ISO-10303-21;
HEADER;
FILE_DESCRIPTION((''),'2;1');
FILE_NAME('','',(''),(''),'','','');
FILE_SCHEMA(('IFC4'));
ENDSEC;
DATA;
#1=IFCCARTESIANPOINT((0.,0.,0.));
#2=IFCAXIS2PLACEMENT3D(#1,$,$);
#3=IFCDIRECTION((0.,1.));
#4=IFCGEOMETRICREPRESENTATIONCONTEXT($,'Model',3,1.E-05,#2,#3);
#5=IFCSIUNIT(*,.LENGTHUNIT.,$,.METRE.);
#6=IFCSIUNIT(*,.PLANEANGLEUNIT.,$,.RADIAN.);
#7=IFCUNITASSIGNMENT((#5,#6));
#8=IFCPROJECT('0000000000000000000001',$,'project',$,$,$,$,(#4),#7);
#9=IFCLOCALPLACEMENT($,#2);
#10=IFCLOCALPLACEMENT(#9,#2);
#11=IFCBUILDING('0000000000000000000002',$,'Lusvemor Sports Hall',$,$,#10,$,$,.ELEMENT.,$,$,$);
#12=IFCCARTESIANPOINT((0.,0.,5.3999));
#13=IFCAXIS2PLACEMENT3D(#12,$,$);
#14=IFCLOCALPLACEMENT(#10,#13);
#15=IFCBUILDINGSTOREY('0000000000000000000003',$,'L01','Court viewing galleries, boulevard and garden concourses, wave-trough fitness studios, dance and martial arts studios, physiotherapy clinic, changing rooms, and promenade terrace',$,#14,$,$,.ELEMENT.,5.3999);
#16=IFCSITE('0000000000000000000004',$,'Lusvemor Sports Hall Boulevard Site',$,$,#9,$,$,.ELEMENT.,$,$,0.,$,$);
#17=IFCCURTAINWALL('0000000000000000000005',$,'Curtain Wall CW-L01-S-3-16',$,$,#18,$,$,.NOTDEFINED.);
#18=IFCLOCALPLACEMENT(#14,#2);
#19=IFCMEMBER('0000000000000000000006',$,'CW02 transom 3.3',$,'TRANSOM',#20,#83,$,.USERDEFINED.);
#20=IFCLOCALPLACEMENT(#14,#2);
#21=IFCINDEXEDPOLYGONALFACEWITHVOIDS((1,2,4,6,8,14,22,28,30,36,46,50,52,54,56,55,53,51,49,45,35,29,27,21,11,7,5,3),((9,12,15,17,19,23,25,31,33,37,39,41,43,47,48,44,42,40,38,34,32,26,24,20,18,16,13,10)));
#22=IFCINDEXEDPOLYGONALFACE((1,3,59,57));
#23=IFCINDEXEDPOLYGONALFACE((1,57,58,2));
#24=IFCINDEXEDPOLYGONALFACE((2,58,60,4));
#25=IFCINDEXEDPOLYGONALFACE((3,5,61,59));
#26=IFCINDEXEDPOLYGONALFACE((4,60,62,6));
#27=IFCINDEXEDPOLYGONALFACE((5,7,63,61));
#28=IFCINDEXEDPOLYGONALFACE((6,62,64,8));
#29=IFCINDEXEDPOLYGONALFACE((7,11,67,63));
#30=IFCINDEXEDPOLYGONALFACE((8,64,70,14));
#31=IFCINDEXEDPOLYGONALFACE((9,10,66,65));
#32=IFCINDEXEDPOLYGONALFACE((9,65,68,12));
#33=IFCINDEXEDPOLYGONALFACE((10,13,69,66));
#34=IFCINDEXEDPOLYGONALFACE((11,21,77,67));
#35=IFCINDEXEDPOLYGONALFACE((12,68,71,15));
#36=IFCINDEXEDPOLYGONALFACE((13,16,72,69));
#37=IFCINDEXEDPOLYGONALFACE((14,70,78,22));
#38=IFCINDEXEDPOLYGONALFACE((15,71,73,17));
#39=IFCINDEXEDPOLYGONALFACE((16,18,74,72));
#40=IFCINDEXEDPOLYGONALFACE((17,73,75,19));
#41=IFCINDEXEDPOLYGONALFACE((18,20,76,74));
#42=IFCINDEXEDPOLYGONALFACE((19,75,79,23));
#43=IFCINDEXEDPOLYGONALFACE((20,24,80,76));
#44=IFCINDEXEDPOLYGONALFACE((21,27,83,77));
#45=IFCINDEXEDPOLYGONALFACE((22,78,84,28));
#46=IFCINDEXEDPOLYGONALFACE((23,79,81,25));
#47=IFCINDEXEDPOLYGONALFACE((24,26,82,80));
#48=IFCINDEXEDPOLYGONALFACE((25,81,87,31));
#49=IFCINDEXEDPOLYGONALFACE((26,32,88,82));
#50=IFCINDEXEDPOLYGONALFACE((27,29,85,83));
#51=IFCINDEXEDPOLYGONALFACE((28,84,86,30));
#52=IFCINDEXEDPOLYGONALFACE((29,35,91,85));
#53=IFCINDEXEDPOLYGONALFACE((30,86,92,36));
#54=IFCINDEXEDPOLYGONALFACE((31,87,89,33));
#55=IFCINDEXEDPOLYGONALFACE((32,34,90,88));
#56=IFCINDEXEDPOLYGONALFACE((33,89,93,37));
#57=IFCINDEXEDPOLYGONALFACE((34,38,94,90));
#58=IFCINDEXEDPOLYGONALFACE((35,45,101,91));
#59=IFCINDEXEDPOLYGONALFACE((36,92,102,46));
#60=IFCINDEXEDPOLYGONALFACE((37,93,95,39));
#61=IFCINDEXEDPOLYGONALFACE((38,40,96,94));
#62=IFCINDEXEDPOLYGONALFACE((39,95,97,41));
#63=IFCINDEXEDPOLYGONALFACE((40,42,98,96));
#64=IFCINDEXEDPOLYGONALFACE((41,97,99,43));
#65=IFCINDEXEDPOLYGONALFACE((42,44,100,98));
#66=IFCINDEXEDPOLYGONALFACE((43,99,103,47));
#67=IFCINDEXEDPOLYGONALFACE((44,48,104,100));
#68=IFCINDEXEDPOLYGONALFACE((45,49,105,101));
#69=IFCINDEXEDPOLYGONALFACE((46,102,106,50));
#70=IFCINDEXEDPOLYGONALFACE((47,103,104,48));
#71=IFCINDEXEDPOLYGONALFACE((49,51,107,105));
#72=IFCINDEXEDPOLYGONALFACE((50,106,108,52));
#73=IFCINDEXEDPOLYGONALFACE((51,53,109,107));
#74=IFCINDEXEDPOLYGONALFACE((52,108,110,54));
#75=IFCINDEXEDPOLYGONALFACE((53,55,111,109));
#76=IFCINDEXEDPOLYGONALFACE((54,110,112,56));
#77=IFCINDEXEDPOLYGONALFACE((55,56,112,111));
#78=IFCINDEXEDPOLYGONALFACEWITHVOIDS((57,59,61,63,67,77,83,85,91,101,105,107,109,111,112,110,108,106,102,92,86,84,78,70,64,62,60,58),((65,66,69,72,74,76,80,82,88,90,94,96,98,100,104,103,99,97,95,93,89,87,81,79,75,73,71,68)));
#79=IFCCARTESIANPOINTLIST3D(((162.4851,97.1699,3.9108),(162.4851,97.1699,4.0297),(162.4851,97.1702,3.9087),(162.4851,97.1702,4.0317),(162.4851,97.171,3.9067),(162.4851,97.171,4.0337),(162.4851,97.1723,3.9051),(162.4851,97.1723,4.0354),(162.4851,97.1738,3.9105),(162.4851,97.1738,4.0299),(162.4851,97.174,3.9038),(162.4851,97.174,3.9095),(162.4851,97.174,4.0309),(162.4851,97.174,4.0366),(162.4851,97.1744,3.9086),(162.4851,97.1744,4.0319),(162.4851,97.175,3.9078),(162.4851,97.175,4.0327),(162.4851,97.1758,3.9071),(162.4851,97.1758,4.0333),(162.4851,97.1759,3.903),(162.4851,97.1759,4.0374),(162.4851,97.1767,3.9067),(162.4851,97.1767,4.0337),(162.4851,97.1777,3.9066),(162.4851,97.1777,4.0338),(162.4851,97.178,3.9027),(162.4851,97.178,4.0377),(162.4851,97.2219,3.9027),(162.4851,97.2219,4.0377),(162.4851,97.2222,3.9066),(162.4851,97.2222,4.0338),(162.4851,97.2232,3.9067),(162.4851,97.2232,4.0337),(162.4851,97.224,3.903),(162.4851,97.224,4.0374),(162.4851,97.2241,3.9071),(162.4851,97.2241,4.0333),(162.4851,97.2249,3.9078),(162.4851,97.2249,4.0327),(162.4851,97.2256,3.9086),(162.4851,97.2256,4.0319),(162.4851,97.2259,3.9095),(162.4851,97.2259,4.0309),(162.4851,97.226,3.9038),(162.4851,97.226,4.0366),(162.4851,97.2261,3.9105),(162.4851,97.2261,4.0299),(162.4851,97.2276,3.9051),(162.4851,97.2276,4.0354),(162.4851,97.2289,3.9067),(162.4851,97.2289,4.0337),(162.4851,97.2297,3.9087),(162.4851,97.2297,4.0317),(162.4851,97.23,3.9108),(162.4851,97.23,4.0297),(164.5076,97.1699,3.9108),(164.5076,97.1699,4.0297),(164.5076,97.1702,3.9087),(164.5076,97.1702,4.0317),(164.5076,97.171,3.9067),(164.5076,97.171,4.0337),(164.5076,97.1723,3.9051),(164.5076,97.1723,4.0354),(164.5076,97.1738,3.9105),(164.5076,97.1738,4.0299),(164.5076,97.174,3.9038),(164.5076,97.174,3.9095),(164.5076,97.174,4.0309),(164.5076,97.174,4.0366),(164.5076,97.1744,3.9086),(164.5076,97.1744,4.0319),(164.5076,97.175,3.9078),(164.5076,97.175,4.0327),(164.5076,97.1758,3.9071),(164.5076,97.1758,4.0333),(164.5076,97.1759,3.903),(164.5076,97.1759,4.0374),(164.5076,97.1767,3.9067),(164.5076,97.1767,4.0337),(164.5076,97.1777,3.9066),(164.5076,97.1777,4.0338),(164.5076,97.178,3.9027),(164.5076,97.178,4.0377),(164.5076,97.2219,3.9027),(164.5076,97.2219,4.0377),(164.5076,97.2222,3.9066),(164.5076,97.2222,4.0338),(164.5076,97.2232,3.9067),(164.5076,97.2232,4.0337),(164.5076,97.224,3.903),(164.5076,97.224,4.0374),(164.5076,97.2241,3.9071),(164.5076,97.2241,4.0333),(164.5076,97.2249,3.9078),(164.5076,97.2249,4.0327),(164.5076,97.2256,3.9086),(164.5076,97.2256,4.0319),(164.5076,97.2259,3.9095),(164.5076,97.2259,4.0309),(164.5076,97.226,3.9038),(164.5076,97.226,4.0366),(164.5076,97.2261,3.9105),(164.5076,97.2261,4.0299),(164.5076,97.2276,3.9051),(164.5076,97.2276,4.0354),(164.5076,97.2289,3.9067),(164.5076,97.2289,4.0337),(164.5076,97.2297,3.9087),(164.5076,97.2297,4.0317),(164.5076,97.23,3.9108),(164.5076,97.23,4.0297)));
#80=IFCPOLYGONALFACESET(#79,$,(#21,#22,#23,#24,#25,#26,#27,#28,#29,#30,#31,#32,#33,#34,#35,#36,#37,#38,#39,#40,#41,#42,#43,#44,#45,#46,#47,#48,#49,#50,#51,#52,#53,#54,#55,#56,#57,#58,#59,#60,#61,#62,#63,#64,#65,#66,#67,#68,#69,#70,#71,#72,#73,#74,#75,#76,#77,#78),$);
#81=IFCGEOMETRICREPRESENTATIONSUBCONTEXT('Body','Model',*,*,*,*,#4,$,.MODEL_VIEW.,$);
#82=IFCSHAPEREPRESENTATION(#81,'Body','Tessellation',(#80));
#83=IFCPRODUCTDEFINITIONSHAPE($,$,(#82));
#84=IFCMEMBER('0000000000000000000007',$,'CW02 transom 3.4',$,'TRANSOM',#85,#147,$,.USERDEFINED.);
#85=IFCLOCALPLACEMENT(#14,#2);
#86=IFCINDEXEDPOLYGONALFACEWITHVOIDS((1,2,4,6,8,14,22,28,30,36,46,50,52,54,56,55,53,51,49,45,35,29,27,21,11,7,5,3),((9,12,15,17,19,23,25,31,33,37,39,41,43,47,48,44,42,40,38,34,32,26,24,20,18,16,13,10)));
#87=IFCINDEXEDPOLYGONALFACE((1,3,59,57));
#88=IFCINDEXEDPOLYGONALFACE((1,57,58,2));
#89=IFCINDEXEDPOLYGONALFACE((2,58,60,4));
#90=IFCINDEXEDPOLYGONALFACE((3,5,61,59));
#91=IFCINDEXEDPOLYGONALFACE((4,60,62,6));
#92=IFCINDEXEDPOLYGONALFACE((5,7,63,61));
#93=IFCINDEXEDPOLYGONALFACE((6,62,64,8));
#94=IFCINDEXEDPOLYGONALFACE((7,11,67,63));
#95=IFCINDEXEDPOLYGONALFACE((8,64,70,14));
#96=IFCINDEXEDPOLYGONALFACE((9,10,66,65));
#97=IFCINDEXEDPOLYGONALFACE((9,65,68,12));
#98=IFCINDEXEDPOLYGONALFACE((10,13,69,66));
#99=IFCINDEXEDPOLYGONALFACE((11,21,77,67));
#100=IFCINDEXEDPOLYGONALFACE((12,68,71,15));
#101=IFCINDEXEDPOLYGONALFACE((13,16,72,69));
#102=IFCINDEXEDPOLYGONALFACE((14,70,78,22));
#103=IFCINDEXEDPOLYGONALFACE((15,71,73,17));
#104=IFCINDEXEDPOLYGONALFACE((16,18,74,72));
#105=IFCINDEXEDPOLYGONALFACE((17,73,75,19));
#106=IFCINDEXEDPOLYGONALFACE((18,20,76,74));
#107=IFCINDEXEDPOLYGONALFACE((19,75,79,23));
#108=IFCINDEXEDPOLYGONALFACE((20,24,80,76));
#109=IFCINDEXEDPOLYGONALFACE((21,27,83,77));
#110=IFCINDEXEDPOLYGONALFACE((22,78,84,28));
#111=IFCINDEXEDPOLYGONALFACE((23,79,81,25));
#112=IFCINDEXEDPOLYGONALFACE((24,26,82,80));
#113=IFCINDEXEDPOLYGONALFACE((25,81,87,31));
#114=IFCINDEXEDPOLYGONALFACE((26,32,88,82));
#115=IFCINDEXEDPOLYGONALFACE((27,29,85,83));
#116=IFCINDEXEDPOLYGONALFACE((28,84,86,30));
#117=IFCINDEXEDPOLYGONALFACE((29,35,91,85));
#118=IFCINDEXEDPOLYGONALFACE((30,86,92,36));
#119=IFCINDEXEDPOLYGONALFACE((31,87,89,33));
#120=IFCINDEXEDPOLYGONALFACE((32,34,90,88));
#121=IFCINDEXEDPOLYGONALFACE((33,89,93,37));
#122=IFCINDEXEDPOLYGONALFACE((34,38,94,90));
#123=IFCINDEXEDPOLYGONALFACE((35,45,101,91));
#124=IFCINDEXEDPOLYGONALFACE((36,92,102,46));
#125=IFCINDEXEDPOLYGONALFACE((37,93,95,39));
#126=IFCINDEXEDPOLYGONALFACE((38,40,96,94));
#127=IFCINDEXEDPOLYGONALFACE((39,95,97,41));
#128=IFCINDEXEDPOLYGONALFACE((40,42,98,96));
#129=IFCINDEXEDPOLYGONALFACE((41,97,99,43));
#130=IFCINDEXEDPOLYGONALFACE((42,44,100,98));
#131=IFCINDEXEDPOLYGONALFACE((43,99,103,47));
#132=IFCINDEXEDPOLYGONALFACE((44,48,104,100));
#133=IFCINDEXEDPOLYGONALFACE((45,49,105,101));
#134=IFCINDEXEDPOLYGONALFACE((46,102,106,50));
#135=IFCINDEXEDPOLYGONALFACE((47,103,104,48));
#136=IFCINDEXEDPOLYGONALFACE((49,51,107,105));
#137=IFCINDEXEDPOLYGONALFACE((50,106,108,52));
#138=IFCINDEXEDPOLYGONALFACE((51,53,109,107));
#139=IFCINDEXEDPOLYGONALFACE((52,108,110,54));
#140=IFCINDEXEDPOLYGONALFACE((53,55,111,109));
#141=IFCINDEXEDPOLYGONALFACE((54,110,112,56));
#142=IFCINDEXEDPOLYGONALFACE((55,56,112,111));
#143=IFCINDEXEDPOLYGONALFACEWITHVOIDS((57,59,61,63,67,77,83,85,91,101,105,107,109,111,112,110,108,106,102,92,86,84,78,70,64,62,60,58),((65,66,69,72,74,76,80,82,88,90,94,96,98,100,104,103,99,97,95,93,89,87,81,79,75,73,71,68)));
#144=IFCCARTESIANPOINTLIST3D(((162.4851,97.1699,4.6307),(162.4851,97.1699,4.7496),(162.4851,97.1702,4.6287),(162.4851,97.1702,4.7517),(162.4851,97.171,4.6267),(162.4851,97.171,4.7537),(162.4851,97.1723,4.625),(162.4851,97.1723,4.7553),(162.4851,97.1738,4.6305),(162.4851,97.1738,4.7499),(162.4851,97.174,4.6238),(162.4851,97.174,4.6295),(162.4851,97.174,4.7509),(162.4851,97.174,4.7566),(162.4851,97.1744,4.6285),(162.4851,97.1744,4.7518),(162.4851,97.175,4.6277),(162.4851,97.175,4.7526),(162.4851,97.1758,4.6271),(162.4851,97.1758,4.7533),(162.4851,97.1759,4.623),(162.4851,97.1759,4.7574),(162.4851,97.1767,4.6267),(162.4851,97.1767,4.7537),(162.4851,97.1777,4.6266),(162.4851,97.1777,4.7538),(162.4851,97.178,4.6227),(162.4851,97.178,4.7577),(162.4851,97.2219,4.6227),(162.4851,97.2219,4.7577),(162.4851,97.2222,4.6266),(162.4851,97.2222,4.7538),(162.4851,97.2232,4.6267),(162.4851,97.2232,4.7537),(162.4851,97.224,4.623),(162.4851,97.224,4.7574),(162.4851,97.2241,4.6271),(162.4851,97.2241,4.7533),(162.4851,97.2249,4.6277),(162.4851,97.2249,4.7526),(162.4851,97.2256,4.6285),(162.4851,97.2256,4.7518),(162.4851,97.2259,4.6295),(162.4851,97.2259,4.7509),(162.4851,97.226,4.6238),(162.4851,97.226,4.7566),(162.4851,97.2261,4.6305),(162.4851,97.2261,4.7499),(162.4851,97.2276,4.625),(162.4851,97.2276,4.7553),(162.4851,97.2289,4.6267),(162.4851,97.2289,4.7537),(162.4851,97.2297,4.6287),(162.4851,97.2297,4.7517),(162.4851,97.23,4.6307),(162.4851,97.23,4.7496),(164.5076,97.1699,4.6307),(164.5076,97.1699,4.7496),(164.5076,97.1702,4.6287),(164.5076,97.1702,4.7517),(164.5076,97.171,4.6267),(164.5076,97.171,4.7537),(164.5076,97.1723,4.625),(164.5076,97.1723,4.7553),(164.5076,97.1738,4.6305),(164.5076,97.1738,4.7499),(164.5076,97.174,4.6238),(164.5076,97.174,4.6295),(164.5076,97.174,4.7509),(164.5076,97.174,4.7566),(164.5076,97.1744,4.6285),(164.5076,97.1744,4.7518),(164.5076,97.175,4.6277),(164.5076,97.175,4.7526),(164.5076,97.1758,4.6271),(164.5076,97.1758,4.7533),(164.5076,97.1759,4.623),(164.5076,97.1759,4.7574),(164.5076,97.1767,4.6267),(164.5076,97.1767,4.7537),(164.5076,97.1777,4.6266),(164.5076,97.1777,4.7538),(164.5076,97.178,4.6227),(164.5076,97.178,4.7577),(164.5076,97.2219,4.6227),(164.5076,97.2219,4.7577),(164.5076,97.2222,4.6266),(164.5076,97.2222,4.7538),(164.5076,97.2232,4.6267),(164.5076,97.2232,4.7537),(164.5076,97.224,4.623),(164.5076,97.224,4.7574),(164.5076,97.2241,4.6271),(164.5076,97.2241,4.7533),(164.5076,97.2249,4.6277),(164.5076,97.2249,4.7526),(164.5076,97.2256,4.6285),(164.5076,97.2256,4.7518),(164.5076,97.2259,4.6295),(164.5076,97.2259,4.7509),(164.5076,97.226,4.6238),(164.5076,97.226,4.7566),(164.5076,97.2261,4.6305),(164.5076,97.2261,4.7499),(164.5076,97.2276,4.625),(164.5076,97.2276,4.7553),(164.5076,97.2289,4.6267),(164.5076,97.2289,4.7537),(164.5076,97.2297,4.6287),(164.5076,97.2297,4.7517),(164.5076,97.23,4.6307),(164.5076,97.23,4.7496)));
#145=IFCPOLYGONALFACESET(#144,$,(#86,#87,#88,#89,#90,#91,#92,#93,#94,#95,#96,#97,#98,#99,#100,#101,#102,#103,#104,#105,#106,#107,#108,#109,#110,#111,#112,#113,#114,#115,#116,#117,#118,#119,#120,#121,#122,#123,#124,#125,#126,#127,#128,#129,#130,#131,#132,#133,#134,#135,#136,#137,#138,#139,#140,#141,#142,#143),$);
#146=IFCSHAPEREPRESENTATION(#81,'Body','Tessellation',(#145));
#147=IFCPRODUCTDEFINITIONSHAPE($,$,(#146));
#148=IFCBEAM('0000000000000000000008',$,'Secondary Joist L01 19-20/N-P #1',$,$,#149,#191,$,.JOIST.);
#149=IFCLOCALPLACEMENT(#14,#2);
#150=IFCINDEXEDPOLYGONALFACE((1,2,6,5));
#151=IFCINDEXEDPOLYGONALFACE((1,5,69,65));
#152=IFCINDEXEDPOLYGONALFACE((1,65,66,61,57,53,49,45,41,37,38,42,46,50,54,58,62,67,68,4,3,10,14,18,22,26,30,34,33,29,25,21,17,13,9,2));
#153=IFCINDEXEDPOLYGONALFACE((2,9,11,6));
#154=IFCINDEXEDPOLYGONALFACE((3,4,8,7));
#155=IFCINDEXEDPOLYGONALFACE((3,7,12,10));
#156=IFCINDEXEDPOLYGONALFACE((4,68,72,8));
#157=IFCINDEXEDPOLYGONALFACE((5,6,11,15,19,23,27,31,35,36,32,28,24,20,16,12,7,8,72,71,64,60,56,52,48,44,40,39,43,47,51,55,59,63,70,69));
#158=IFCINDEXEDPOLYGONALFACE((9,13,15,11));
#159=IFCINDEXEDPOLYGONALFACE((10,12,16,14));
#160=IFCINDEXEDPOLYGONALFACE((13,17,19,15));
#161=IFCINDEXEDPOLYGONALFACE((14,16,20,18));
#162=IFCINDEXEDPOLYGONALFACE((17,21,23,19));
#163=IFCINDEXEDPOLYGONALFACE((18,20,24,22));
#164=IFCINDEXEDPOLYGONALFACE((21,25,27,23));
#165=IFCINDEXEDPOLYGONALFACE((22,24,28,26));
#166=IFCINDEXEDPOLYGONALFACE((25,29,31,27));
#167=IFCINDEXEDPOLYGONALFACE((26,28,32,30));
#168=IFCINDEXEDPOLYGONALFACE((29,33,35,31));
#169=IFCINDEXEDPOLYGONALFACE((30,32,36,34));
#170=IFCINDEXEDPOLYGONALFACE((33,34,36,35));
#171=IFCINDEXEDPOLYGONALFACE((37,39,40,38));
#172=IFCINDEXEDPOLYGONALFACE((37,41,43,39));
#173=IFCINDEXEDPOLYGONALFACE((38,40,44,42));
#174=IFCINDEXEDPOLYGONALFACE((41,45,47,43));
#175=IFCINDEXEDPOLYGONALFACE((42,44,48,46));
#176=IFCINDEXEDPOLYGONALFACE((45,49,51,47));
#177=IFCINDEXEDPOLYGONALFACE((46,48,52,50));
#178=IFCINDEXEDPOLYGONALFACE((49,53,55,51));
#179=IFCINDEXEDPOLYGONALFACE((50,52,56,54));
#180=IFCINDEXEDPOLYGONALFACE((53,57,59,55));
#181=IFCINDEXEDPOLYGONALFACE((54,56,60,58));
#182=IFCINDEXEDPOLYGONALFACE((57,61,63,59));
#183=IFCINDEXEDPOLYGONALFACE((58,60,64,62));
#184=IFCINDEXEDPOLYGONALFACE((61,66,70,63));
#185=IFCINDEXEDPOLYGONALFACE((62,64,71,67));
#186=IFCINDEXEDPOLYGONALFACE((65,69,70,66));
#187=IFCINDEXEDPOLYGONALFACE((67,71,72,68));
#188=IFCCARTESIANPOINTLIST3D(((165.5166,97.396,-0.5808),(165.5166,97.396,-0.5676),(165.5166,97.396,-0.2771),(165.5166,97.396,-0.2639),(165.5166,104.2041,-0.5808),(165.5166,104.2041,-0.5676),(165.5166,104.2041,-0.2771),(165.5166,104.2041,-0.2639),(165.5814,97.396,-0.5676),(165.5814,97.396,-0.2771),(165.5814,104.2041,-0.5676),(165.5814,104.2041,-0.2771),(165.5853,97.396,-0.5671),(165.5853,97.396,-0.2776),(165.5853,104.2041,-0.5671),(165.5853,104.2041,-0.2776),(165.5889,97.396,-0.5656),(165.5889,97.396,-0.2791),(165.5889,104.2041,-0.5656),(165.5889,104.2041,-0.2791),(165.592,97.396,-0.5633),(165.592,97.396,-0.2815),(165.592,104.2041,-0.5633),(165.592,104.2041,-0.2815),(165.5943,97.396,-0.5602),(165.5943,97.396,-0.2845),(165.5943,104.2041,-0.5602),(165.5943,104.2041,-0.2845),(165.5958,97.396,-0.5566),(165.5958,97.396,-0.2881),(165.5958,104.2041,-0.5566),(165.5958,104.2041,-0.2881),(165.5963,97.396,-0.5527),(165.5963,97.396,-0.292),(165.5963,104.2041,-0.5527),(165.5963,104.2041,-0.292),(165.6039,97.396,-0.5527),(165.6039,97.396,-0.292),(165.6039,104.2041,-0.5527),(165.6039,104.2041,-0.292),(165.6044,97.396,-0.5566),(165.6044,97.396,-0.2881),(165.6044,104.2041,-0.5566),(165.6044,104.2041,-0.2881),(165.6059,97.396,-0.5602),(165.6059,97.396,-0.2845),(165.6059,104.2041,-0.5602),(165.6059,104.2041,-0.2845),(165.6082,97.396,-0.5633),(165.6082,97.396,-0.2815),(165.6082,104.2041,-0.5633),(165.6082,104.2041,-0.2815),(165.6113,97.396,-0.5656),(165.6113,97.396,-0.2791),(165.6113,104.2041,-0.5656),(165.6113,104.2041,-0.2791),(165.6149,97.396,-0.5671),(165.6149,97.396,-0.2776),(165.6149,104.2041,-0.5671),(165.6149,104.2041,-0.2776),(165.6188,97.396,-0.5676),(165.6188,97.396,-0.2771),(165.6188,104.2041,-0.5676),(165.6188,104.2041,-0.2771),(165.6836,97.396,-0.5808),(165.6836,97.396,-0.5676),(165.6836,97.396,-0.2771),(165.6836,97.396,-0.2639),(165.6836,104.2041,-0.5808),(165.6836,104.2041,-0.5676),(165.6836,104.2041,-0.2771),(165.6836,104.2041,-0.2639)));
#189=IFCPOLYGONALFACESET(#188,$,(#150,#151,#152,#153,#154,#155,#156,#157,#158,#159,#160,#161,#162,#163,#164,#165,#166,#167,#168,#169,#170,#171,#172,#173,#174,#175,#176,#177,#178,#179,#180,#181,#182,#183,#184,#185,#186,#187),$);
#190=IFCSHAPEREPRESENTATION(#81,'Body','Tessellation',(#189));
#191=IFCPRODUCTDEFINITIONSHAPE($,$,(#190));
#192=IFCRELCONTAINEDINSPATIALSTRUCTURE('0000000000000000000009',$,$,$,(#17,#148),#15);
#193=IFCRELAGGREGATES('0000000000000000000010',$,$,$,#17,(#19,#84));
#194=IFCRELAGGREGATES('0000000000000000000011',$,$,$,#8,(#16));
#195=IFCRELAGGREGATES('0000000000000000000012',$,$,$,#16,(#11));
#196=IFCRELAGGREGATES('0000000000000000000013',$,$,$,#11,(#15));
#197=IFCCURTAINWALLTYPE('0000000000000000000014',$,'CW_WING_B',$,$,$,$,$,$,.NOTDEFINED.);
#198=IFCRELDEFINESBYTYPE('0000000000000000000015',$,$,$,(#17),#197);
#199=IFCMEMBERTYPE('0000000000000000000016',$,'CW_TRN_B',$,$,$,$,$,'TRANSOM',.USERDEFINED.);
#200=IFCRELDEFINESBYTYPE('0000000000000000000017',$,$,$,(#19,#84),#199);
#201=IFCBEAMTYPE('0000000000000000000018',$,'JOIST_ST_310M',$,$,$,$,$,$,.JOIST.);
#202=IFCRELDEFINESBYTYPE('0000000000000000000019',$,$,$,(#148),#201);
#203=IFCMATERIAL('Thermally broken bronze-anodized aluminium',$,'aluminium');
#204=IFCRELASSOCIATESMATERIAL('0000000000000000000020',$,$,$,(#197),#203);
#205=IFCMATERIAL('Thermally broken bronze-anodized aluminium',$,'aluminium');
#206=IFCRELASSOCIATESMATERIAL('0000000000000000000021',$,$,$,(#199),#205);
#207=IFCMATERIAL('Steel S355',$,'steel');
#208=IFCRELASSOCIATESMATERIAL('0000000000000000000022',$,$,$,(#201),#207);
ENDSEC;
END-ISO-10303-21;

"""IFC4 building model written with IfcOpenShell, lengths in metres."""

from ifc_helpers import new_model, si_unit, direction, frame, origin, origin_2d, place, context, subcontext, project, spatial, hollow_rectangle, i_section, extrude, material, material_profile, profile_set, type_object, element, aggregate, save


model = new_model("IFC4")

# Units and contexts
model_context = context("Model", 3, precision=1e-05, world=origin(), true_north=direction((0.0, 1.0)))
body_context = subcontext(model_context, "Body", "Model", "MODEL_VIEW")
ifc_project = project(units=[si_unit("LENGTHUNIT", "METRE"), si_unit("PLANEANGLEUNIT", "RADIAN")], contexts=[model_context])

# Site, building, storey
site_placement = place(None, origin())
site = spatial("IfcSite", under=ifc_project, at=site_placement, Name="Lusvemor Sports Hall Boulevard Site", CompositionType="ELEMENT", RefElevation=0.0)
building_placement = place(site_placement, origin())
building = spatial("IfcBuilding", under=site, at=building_placement, Name="Lusvemor Sports Hall", CompositionType="ELEMENT")
storey_placement = place(building_placement, frame((0.0, 0.0, 5.3999)))
storey = spatial("IfcBuildingStorey", under=building, at=storey_placement, Name="L01", Description="Court viewing galleries, boulevard and garden concourses, wave-trough fitness studios, dance and martial arts studios, physiotherapy clinic, changing rooms, and promenade terrace", CompositionType="ELEMENT", Elevation=5.3999)

# Curtain wall, members
ifc_material_1 = material(Name="Thermally broken bronze-anodized aluminium", Category="aluminium")
curtain_wall_type = type_object("IfcCurtainWallType", Name="CW_WING_B", PredefinedType="NOTDEFINED", material=ifc_material_1)
curtain_wall_placement = place(storey_placement, origin())
curtain_wall = element("IfcCurtainWall", 1, at=curtain_wall_placement, inside=storey, type_object=curtain_wall_type, Name="Curtain Wall CW-L01-S-3-16", PredefinedType="NOTDEFINED")
ifc_material_2 = material(Name="Thermally broken bronze-anodized aluminium", Category="aluminium")
ifc_material_profile_1 = material_profile(ifc_material_2, hollow_rectangle(XDim=0.0601, YDim=0.135, WallThickness=0.0039, InnerFilletRadius=0.0039, OuterFilletRadius=0.0081, at=origin_2d()), Name="CWTRN135x60x4")
ifc_profile_set_1 = profile_set([ifc_material_profile_1], Name="Thermally broken bronze-anodized aluminium")
member_type_1 = type_object("IfcMemberType", Name="CW_TRN_B", ElementType="TRANSOM", PredefinedType="USERDEFINED", material=ifc_profile_set_1)
member_1_placement = place(storey_placement, frame((164.5076, 97.2, 3.9702), z_axis=(-1.0, 0.0, 0.0), x_axis=(0.0, -1.0, 0.0)))
member_1 = element("IfcMember", 2, at=member_1_placement, type_object=member_type_1, Name="CW02 transom 3.3", ObjectType="TRANSOM", PredefinedType="USERDEFINED", context=body_context, shape_type="SweptSolid", body=[
    extrude(hollow_rectangle(XDim=0.0601, YDim=0.135, WallThickness=0.0039, InnerFilletRadius=0.0039, OuterFilletRadius=0.0081, at=origin_2d()), origin(), (0.0, 0.0, 1.0), 2.0225),
])
member_2_placement = place(storey_placement, frame((164.5076, 97.2, 4.6902), z_axis=(-1.0, 0.0, 0.0), x_axis=(0.0, -1.0, 0.0)))
member_2 = element("IfcMember", 3, at=member_2_placement, type_object=member_type_1, Name="CW02 transom 3.4", ObjectType="TRANSOM", PredefinedType="USERDEFINED", context=body_context, shape_type="SweptSolid", body=[
    extrude(hollow_rectangle(XDim=0.0601, YDim=0.135, WallThickness=0.0039, InnerFilletRadius=0.0039, OuterFilletRadius=0.0081, at=origin_2d()), origin(), (0.0, 0.0, 1.0), 2.0225),
])

# Beam
ifc_material_3 = material(Name="Steel S355", Category="steel")
ifc_material_profile_2 = material_profile(ifc_material_3, i_section(OverallWidth=0.167, OverallDepth=0.3169, WebThickness=0.0076, FlangeThickness=0.0132, FilletRadius=0.0149, at=origin_2d()), Name="W310x52.0")
ifc_profile_set_2 = profile_set([ifc_material_profile_2], Name="Steel S355")
beam_type_1 = type_object("IfcBeamType", Name="JOIST_ST_310M", PredefinedType="JOIST", material=ifc_profile_set_2)
beam_1_placement = place(storey_placement, frame((165.6001, 97.396, -0.4224), z_axis=(0.0, 1.0, 0.0), x_axis=(-1.0, 0.0, 0.0)))
element("IfcBeam", 4, at=beam_1_placement, inside=storey, type_object=beam_type_1, Name="Secondary Joist L01 19-20/N-P #1", PredefinedType="JOIST", context=body_context, shape_type="SweptSolid", body=[
    extrude(i_section(OverallWidth=0.167, OverallDepth=0.3169, WebThickness=0.0076, FlangeThickness=0.0132, FilletRadius=0.0149, at=origin_2d()), origin(), (0.0, 0.0, 1.0), 6.8081),
])

aggregate(curtain_wall, [member_1, member_2])

save(model, "model.ifc")
